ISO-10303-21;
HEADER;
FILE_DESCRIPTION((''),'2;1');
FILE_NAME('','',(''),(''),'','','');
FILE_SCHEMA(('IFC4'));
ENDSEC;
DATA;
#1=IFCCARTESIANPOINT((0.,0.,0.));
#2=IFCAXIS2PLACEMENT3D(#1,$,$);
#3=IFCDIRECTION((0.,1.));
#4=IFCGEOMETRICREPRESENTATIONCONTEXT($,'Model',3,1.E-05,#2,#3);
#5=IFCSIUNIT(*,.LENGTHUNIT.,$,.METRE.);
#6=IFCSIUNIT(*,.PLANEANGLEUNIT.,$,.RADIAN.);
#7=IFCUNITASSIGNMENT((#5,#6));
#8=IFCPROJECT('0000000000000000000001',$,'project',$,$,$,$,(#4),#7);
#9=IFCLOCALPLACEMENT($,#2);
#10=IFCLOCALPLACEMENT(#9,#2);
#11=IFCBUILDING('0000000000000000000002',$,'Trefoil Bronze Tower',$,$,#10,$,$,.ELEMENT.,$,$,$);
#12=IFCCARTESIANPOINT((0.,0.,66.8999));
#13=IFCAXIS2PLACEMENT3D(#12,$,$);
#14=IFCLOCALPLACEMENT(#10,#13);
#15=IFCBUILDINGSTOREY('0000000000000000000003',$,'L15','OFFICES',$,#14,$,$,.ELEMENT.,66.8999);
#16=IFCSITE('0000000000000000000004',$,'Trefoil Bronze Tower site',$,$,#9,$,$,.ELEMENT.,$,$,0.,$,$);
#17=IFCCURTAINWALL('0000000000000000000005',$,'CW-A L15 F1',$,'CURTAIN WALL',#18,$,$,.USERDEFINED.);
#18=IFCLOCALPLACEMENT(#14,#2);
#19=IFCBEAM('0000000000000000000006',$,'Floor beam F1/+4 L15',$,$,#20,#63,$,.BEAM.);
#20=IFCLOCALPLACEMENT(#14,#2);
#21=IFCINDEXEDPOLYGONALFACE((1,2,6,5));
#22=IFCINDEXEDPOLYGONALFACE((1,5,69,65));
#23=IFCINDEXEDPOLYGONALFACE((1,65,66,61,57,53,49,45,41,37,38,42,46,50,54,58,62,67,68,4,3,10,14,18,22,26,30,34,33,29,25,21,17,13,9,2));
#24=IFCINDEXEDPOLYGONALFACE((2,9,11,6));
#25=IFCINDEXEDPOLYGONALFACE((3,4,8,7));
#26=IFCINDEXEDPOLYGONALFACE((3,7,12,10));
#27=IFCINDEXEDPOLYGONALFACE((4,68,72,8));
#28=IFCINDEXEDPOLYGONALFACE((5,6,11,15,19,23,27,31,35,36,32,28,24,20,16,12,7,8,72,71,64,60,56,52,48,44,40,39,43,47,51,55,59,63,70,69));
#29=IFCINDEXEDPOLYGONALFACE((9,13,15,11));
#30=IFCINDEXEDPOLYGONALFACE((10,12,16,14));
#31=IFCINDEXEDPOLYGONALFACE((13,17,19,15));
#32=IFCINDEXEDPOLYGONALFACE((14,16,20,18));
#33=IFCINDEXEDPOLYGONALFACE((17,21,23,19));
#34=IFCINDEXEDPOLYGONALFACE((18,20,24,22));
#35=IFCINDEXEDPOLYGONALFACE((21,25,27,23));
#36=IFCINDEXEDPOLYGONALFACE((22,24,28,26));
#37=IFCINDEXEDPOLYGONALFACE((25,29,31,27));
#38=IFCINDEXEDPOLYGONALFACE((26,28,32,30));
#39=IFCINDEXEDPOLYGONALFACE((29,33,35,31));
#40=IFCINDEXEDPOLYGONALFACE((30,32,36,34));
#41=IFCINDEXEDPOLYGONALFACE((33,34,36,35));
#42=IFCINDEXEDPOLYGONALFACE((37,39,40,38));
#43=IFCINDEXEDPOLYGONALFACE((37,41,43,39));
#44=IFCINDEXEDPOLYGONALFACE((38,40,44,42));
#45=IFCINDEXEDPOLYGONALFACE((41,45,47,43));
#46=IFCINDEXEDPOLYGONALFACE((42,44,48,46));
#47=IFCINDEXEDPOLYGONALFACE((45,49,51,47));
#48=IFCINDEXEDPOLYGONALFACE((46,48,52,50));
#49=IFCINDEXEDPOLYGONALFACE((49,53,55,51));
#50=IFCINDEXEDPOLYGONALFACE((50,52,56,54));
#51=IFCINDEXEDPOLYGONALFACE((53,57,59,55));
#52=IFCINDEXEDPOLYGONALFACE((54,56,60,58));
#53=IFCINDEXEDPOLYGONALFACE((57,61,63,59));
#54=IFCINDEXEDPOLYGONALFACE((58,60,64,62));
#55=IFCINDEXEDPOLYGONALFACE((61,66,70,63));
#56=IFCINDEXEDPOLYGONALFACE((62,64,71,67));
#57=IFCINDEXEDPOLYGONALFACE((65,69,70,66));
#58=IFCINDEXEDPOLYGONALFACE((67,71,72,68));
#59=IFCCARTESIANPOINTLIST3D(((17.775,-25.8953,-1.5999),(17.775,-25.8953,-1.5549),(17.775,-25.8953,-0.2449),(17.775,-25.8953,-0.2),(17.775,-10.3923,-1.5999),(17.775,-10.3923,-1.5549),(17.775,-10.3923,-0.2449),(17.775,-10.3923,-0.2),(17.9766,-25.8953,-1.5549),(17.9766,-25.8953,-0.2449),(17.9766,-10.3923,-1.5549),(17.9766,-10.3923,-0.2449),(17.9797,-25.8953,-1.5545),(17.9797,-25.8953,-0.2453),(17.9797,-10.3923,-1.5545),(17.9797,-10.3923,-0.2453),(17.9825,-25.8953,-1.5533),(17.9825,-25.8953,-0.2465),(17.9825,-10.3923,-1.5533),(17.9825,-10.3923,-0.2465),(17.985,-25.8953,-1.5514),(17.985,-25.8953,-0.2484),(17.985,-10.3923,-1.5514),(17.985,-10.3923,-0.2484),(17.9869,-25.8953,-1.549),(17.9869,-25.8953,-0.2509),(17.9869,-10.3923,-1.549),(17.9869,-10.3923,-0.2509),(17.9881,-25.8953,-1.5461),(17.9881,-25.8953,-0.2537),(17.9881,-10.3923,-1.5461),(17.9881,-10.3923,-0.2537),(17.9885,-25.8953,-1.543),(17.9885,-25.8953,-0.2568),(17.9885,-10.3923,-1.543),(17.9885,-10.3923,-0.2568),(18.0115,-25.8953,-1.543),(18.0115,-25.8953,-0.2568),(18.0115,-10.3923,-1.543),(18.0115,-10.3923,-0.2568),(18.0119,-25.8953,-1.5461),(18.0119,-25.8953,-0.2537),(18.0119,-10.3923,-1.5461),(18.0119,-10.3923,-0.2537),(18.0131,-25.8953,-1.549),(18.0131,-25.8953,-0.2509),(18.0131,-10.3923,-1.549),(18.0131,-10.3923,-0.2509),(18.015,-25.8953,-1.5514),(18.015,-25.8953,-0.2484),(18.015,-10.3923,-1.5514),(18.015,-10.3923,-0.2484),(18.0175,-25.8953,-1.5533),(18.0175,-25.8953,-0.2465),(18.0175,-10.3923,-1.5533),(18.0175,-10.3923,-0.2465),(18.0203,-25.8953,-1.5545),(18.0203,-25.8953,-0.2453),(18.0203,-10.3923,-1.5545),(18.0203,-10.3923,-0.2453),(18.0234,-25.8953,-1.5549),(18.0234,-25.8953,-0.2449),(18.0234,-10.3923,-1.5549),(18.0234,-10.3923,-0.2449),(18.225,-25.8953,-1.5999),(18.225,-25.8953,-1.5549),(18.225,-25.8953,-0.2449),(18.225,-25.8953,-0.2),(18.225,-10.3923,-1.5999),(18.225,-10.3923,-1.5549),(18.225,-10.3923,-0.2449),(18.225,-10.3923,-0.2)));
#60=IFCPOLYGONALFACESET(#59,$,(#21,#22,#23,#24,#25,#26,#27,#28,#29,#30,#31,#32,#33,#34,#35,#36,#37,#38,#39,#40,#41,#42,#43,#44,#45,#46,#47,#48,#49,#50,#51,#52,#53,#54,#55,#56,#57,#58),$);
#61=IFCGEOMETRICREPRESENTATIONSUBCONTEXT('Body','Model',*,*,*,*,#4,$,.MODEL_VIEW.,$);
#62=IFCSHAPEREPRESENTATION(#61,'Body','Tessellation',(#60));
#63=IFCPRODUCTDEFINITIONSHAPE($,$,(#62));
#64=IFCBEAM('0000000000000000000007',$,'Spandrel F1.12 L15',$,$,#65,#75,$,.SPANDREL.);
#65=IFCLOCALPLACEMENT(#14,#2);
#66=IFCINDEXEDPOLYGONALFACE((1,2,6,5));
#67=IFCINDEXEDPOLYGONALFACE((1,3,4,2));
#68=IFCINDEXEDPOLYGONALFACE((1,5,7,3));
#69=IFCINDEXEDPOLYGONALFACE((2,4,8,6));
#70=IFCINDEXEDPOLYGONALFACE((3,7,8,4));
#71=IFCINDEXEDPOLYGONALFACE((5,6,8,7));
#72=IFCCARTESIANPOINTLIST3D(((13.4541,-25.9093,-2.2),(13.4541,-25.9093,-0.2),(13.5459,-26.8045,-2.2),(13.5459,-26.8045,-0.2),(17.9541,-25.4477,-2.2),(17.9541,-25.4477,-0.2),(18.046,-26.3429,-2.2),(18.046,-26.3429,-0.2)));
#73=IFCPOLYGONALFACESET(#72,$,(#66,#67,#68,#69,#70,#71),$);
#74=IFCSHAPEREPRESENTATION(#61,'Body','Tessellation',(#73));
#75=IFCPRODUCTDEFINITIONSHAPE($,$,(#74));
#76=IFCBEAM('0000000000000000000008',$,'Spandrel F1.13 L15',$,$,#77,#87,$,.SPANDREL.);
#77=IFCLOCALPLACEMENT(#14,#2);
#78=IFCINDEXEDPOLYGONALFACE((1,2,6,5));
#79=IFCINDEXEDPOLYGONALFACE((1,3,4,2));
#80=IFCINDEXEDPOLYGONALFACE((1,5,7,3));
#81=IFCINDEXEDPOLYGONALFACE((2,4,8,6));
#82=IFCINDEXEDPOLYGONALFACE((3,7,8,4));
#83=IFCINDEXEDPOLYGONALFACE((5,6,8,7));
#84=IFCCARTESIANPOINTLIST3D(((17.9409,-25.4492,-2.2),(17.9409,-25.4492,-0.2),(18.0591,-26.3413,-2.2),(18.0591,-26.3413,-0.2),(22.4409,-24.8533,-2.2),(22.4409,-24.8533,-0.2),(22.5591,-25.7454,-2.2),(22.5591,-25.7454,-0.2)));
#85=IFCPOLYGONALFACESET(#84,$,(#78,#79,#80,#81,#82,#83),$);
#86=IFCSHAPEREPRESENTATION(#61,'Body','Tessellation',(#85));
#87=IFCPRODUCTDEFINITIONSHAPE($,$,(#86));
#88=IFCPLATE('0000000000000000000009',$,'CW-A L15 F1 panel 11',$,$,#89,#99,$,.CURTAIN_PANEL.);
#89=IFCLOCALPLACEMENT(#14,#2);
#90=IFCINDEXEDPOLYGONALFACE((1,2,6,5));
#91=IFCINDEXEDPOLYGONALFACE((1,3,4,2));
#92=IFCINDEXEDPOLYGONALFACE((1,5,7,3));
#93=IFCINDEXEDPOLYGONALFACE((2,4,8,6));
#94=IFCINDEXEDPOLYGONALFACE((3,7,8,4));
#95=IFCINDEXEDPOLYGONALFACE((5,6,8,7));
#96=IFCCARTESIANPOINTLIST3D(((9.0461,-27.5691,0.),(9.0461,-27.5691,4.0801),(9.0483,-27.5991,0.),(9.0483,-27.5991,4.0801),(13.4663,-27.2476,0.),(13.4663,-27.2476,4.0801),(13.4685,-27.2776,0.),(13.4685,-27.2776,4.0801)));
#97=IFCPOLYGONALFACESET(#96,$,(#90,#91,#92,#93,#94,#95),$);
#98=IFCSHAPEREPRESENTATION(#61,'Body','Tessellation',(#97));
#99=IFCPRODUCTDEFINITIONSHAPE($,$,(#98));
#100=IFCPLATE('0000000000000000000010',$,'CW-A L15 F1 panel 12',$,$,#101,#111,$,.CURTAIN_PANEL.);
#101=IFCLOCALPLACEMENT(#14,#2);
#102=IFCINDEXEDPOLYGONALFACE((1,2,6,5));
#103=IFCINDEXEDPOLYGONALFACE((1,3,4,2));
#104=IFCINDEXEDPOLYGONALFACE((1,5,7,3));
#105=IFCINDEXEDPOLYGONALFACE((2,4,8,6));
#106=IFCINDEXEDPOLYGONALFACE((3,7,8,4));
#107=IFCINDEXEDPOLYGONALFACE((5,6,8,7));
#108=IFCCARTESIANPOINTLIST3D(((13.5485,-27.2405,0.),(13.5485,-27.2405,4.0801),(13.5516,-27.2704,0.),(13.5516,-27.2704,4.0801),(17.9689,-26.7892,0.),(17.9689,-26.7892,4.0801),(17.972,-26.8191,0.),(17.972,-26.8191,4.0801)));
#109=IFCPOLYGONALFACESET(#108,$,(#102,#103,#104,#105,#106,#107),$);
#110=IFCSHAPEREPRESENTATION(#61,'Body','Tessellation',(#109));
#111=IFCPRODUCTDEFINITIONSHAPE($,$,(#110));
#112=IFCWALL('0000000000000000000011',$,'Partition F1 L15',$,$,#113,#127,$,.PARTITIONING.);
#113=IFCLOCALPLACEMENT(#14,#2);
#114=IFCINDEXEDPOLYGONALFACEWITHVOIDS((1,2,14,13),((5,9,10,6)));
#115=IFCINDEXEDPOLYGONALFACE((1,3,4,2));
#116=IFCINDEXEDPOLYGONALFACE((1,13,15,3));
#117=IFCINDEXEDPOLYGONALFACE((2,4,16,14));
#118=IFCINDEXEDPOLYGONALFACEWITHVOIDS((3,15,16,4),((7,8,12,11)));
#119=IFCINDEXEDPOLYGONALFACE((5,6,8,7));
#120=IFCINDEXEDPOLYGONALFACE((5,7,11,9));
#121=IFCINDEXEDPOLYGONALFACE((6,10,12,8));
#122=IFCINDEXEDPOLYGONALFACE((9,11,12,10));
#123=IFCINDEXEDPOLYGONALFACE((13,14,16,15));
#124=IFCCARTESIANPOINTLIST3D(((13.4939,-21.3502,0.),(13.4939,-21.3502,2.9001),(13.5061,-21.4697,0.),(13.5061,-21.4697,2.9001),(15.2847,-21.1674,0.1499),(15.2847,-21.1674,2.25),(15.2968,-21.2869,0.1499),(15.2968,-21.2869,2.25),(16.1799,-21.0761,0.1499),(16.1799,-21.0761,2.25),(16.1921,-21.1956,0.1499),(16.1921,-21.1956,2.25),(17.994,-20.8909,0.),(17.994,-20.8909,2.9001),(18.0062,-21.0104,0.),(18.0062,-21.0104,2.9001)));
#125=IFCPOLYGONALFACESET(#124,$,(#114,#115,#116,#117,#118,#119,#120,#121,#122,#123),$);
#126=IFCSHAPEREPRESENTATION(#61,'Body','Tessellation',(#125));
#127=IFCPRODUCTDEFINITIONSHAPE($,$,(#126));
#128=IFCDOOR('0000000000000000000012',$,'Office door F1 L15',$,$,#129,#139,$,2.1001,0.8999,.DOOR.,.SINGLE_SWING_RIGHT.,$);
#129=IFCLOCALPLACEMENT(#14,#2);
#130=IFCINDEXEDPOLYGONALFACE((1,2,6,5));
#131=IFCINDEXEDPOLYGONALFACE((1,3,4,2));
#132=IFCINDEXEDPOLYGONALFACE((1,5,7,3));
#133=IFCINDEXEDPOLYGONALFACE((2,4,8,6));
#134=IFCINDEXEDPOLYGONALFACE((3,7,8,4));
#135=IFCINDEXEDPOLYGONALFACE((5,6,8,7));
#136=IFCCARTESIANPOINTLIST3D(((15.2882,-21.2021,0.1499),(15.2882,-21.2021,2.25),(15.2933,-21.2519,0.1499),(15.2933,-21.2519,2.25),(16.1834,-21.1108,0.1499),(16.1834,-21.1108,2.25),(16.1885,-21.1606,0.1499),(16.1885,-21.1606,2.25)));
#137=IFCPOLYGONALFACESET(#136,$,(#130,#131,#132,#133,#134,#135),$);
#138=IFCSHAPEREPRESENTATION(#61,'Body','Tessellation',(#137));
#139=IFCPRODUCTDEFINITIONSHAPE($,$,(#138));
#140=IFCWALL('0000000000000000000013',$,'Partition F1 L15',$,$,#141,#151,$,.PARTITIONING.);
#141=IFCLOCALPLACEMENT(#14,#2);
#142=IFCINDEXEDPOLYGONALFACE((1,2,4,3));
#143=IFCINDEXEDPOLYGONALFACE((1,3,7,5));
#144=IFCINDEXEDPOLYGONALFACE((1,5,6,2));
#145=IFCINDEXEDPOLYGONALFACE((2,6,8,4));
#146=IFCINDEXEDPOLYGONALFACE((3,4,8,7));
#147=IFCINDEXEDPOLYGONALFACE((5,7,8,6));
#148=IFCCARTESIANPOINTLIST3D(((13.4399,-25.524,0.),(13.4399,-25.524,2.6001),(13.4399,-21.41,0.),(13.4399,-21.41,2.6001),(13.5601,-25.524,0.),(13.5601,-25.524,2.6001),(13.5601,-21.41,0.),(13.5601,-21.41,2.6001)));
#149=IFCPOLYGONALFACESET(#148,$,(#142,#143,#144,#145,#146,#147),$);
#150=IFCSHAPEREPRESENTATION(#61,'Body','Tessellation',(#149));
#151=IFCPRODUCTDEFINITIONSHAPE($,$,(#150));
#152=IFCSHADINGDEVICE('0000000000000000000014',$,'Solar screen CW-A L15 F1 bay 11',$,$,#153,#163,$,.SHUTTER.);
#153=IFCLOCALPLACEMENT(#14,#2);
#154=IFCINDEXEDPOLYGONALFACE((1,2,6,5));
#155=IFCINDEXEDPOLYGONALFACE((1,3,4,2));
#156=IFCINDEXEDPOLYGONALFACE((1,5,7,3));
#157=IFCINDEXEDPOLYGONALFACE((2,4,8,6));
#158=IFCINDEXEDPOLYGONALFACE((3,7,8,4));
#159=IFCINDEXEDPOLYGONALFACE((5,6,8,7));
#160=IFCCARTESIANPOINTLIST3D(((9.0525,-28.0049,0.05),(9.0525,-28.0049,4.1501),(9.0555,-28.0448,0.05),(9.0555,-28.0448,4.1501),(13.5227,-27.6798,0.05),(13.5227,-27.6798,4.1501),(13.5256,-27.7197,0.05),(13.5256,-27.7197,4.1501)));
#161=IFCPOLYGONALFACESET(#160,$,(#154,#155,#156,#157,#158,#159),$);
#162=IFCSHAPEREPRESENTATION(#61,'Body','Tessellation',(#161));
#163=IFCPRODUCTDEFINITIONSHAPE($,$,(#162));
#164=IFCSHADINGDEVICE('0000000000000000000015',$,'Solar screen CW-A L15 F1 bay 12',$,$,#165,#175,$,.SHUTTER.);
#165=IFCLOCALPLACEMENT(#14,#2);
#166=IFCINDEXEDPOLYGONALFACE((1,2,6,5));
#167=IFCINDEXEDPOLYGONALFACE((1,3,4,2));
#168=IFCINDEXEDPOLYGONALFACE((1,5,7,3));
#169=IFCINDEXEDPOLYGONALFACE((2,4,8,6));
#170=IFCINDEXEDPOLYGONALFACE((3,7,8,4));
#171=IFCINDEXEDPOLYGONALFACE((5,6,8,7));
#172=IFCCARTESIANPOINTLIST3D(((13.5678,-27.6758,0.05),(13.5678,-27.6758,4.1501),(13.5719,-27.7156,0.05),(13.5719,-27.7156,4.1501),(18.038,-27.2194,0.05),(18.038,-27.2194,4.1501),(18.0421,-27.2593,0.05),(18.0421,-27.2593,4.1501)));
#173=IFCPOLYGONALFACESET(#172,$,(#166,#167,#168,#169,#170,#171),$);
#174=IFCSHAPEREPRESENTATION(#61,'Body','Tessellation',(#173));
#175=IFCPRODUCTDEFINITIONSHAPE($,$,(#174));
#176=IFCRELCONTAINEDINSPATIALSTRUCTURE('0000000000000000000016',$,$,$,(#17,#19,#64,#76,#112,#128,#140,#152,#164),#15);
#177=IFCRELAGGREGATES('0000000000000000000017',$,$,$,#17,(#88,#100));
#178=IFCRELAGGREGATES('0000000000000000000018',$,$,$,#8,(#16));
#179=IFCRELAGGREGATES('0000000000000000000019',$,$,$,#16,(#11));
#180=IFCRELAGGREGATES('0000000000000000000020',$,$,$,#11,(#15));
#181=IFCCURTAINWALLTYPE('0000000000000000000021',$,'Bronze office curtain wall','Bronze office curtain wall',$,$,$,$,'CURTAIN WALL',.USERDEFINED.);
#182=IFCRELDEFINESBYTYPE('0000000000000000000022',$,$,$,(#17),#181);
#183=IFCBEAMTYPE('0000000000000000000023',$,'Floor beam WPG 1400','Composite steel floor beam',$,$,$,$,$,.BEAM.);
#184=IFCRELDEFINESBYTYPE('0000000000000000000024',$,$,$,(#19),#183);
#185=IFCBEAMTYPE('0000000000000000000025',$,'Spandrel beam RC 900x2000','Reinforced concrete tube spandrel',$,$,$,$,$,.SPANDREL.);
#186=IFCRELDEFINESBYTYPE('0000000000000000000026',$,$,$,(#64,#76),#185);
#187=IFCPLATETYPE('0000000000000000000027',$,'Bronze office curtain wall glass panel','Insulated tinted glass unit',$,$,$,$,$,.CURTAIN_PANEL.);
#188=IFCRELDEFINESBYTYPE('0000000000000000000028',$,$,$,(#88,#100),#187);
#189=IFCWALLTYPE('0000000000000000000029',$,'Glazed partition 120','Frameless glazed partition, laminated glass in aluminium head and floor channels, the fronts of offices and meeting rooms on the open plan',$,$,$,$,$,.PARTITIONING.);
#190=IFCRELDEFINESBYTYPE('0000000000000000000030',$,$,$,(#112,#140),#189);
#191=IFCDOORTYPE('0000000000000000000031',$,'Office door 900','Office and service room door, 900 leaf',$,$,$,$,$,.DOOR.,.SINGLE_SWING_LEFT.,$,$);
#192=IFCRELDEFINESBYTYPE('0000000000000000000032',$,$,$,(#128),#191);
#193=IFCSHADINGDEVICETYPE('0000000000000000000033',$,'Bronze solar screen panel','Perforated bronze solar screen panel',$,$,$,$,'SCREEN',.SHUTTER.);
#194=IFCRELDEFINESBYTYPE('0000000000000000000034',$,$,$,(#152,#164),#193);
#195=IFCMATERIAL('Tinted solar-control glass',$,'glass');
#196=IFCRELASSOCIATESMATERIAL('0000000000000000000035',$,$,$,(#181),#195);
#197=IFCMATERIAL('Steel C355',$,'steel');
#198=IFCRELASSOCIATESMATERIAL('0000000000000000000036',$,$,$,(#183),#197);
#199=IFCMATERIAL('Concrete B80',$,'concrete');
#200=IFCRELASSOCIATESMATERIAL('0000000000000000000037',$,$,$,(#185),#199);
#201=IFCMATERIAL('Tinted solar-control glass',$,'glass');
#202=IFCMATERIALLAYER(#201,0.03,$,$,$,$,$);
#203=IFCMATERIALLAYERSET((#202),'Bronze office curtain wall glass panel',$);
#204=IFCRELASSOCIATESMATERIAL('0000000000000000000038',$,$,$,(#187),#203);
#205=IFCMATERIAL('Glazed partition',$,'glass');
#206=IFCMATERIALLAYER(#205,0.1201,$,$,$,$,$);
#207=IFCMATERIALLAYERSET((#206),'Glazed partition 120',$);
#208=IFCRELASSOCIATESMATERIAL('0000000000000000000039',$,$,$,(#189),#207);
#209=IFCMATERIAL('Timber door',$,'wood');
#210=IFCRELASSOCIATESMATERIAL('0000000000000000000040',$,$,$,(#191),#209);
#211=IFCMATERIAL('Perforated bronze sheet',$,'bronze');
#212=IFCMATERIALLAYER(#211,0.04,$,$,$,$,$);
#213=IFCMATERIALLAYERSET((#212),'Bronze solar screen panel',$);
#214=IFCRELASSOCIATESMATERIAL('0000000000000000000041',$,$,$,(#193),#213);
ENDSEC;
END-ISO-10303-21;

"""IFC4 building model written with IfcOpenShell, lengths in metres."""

from ifc_helpers import new_model, si_unit, direction, frame, frame_2d, origin, origin_2d, place, context, subcontext, project, spatial, rectangle, i_section, extrude, material, layer, layer_set, material_profile, profile_set, type_object, element, fill, aggregate, save


model = new_model("IFC4")

# Units and contexts
model_context = context("Model", 3, precision=1e-05, world=origin(), true_north=direction((0.0, 1.0)))
body_context = subcontext(model_context, "Body", "Model", "MODEL_VIEW")
ifc_project = project(units=[si_unit("LENGTHUNIT", "METRE"), si_unit("PLANEANGLEUNIT", "RADIAN")], contexts=[model_context])

# Site, building, storey
site_placement = place(None, origin())
site = spatial("IfcSite", under=ifc_project, at=site_placement, Name="Trefoil Bronze Tower site", CompositionType="ELEMENT", RefElevation=0.0)
building_placement = place(site_placement, origin())
building = spatial("IfcBuilding", under=site, at=building_placement, Name="Trefoil Bronze Tower", CompositionType="ELEMENT")
storey_placement = place(building_placement, frame((0.0, 0.0, 66.8999)))
storey = spatial("IfcBuildingStorey", under=building, at=storey_placement, Name="L15", Description="OFFICES", CompositionType="ELEMENT", Elevation=66.8999)

# Curtain wall
ifc_material_1 = material(Name="Tinted solar-control glass", Category="glass")
curtain_wall_type = type_object("IfcCurtainWallType", Name="Bronze office curtain wall", Description="Bronze office curtain wall", ElementType="CURTAIN WALL", PredefinedType="USERDEFINED", material=ifc_material_1)
curtain_wall_placement = place(storey_placement, origin())
curtain_wall = element("IfcCurtainWall", 1, at=curtain_wall_placement, inside=storey, type_object=curtain_wall_type, Name="CW-A L15 F1", ObjectType="CURTAIN WALL", PredefinedType="USERDEFINED")

# Beams
ifc_material_2 = material(Name="Steel C355", Category="steel")
ifc_material_profile_1 = material_profile(ifc_material_2, i_section(OverallWidth=0.45, OverallDepth=1.3999, WebThickness=0.0229, FlangeThickness=0.0449, FilletRadius=0.012, at=origin_2d()), Name="WPG 1400")
ifc_profile_set_1 = profile_set([ifc_material_profile_1], Name="Steel C355")
beam_type_1 = type_object("IfcBeamType", Name="Floor beam WPG 1400", Description="Composite steel floor beam", PredefinedType="BEAM", material=ifc_profile_set_1)
beam_1_placement = place(storey_placement, frame((18.0, -25.8953, -0.8999), z_axis=(0.0, 1.0, 0.0), x_axis=(-1.0, 0.0, 0.0)))
element("IfcBeam", 2, at=beam_1_placement, inside=storey, type_object=beam_type_1, Name="Floor beam F1/+4 L15", PredefinedType="BEAM", context=body_context, shape_type="SweptSolid", body=[
    extrude(i_section(OverallWidth=0.45, OverallDepth=1.3999, WebThickness=0.0229, FlangeThickness=0.0449, FilletRadius=0.012, at=origin_2d()), origin(), (0.0, 0.0, 1.0), 15.5029),
])
ifc_material_3 = material(Name="Concrete B80", Category="concrete")
ifc_material_profile_2 = material_profile(ifc_material_3, rectangle(XDim=0.8999, YDim=2.0, at=origin_2d()), Name="RC 900x2000")
ifc_profile_set_2 = profile_set([ifc_material_profile_2], Name="Concrete B80")
beam_type_2 = type_object("IfcBeamType", Name="Spandrel beam RC 900x2000", Description="Reinforced concrete tube spandrel", PredefinedType="SPANDREL", material=ifc_profile_set_2)
beam_2_placement = place(storey_placement, frame((13.5, -26.3569, -1.2), z_axis=(0.994778, 0.102058, 0.0), x_axis=(-0.102058, 0.994778, 0.0)))
element("IfcBeam", 3, at=beam_2_placement, inside=storey, type_object=beam_type_2, Name="Spandrel F1.12 L15", PredefinedType="SPANDREL", context=body_context, shape_type="SweptSolid", body=[
    extrude(rectangle(XDim=0.8999, YDim=2.0, at=origin_2d()), origin(), (0.0, 0.0, 1.0), 4.5237),
])
beam_3_placement = place(storey_placement, frame((18.0, -25.8953, -1.2), z_axis=(0.991344, 0.131286, 0.0), x_axis=(-0.131286, 0.991344, 0.0)))
element("IfcBeam", 4, at=beam_3_placement, inside=storey, type_object=beam_type_2, Name="Spandrel F1.13 L15", PredefinedType="SPANDREL", context=body_context, shape_type="SweptSolid", body=[
    extrude(rectangle(XDim=0.8999, YDim=2.0, at=origin_2d()), origin(), (0.0, 0.0, 1.0), 4.5393),
])

# Plates
ifc_material_4 = material(Name="Tinted solar-control glass", Category="glass")
ifc_layer_1 = layer(ifc_material_4, 0.03)
ifc_layer_set_1 = layer_set([ifc_layer_1], Name="Bronze office curtain wall glass panel")
plate_type = type_object("IfcPlateType", Name="Bronze office curtain wall glass panel", Description="Insulated tinted glass unit", PredefinedType="CURTAIN_PANEL", material=ifc_layer_set_1)
plate_1_placement = place(storey_placement, frame((11.2573, -27.4233, 0.0), z_axis=(0.0, 0.0, 1.0), x_axis=(0.997365, 0.072547, 0.0)))
plate_1 = element("IfcPlate", 5, at=plate_1_placement, type_object=plate_type, Name="CW-A L15 F1 panel 11", PredefinedType="CURTAIN_PANEL", context=body_context, shape_type="SweptSolid", body=[
    extrude(rectangle(XDim=4.4319, YDim=0.03, at=origin_2d()), origin(), (0.0, 0.0, 1.0), 4.0801),
])
plate_2_placement = place(storey_placement, frame((15.7603, -27.0298, 0.0), z_axis=(0.0, 0.0, 1.0), x_axis=(0.994829, 0.101565, 0.0)))
plate_2 = element("IfcPlate", 6, at=plate_2_placement, type_object=plate_type, Name="CW-A L15 F1 panel 12", PredefinedType="CURTAIN_PANEL", context=body_context, shape_type="SweptSolid", body=[
    extrude(rectangle(XDim=4.4434, YDim=0.03, at=origin_2d()), origin(), (0.0, 0.0, 1.0), 4.0801),
])
aggregate(curtain_wall, [plate_1, plate_2])

# Wall, opening, door
ifc_material_5 = material(Name="Glazed partition", Category="glass")
ifc_layer_2 = layer(ifc_material_5, 0.1201)
ifc_layer_set_2 = layer_set([ifc_layer_2], Name="Glazed partition 120")
wall_type = type_object("IfcWallType", Name="Glazed partition 120", Description="Frameless glazed partition, laminated glass in aluminium head and floor channels, the fronts of offices and meeting rooms on the open plan", PredefinedType="PARTITIONING", material=ifc_layer_set_2)
wall_1_placement = place(storey_placement, frame((13.5, -21.4099, 0.0), z_axis=(0.0, 0.0, 1.0), x_axis=(0.994833, 0.101523, 0.0)))
wall_1 = element("IfcWall", 7, at=wall_1_placement, inside=storey, type_object=wall_type, Name="Partition F1 L15", PredefinedType="PARTITIONING", context=body_context, shape_type="SweptSolid", body=[
    extrude(rectangle(XDim=4.5234, YDim=0.1201, at=frame_2d((2.2617, 0.0))), origin(), (0.0, 0.0, 1.0), 2.9001),
])
opening_placement = place(wall_1_placement, frame((1.8, 0.0, 0.1499)))
opening = element("IfcOpeningElement", 8, at=opening_placement, cuts=wall_1, PredefinedType="OPENING", context=body_context, shape_type="SweptSolid", body=[
    extrude(rectangle(XDim=0.8999, YDim=2.1001, at=frame_2d((0.45, 1.05))), frame((0.0, 0.0701, 0.0), z_axis=(0.0, -1.0, 0.0), x_axis=(1.0, 0.0, 0.0)), (0.0, 0.0, 1.0), 0.1401),
])
ifc_material_6 = material(Name="Timber door", Category="wood")
door_type = type_object("IfcDoorType", Name="Office door 900", Description="Office and service room door, 900 leaf", OperationType="SINGLE_SWING_LEFT", PredefinedType="DOOR", material=ifc_material_6)
door_placement = place(opening_placement, frame((0.8999, 0.0, 0.0), z_axis=(0.0, 0.0, 1.0), x_axis=(-1.0, 0.0, 0.0)))
door = element("IfcDoor", 9, at=door_placement, inside=storey, type_object=door_type, Name="Office door F1 L15", OperationType="SINGLE_SWING_RIGHT", OverallHeight=2.1001, OverallWidth=0.8999, PredefinedType="DOOR", context=body_context, shape_type="SweptSolid", body=[
    extrude(rectangle(XDim=0.8999, YDim=2.1001, at=frame_2d((0.45, 1.05))), frame((0.0, 0.0249, 0.0), z_axis=(0.0, -1.0, 0.0), x_axis=(1.0, 0.0, 0.0)), (0.0, 0.0, 1.0), 0.05),
])
fill(opening, door)

# Wall
wall_2_placement = place(storey_placement, frame((13.5, -21.4099, 0.0), z_axis=(0.0, 0.0, 1.0), x_axis=(0.0, -1.0, 0.0)))
element("IfcWall", 10, at=wall_2_placement, inside=storey, type_object=wall_type, Name="Partition F1 L15", PredefinedType="PARTITIONING", context=body_context, shape_type="SweptSolid", body=[
    extrude(rectangle(XDim=4.114, YDim=0.1201, at=frame_2d((2.0571, 0.0))), origin(), (0.0, 0.0, 1.0), 2.6001),
])

# Shading devices
ifc_material_7 = material(Name="Perforated bronze sheet", Category="bronze")
ifc_layer_3 = layer(ifc_material_7, 0.04)
ifc_layer_set_3 = layer_set([ifc_layer_3], Name="Bronze solar screen panel")
shading_device_type = type_object("IfcShadingDeviceType", Name="Bronze solar screen panel", Description="Perforated bronze solar screen panel", ElementType="SCREEN", PredefinedType="SHUTTER", material=ifc_layer_set_3)
shading_device_1_placement = place(storey_placement, frame((11.2891, -27.8623, 0.05), z_axis=(0.0, 0.0, 1.0), x_axis=(0.997365, 0.072547, 0.0)))
element("IfcShadingDevice", 11, at=shading_device_1_placement, inside=storey, type_object=shading_device_type, Name="Solar screen CW-A L15 F1 bay 11", PredefinedType="SHUTTER", context=body_context, shape_type="SweptSolid", body=[
    extrude(rectangle(XDim=4.4819, YDim=0.04, at=origin_2d()), origin(), (0.0, 0.0, 1.0), 4.1001),
])
shading_device_2_placement = place(storey_placement, frame((15.8049, -27.4675, 0.05), z_axis=(0.0, 0.0, 1.0), x_axis=(0.994829, 0.101565, 0.0)))
element("IfcShadingDevice", 12, at=shading_device_2_placement, inside=storey, type_object=shading_device_type, Name="Solar screen CW-A L15 F1 bay 12", PredefinedType="SHUTTER", context=body_context, shape_type="SweptSolid", body=[
    extrude(rectangle(XDim=4.4934, YDim=0.04, at=origin_2d()), origin(), (0.0, 0.0, 1.0), 4.1001),
])

save(model, "model.ifc")
